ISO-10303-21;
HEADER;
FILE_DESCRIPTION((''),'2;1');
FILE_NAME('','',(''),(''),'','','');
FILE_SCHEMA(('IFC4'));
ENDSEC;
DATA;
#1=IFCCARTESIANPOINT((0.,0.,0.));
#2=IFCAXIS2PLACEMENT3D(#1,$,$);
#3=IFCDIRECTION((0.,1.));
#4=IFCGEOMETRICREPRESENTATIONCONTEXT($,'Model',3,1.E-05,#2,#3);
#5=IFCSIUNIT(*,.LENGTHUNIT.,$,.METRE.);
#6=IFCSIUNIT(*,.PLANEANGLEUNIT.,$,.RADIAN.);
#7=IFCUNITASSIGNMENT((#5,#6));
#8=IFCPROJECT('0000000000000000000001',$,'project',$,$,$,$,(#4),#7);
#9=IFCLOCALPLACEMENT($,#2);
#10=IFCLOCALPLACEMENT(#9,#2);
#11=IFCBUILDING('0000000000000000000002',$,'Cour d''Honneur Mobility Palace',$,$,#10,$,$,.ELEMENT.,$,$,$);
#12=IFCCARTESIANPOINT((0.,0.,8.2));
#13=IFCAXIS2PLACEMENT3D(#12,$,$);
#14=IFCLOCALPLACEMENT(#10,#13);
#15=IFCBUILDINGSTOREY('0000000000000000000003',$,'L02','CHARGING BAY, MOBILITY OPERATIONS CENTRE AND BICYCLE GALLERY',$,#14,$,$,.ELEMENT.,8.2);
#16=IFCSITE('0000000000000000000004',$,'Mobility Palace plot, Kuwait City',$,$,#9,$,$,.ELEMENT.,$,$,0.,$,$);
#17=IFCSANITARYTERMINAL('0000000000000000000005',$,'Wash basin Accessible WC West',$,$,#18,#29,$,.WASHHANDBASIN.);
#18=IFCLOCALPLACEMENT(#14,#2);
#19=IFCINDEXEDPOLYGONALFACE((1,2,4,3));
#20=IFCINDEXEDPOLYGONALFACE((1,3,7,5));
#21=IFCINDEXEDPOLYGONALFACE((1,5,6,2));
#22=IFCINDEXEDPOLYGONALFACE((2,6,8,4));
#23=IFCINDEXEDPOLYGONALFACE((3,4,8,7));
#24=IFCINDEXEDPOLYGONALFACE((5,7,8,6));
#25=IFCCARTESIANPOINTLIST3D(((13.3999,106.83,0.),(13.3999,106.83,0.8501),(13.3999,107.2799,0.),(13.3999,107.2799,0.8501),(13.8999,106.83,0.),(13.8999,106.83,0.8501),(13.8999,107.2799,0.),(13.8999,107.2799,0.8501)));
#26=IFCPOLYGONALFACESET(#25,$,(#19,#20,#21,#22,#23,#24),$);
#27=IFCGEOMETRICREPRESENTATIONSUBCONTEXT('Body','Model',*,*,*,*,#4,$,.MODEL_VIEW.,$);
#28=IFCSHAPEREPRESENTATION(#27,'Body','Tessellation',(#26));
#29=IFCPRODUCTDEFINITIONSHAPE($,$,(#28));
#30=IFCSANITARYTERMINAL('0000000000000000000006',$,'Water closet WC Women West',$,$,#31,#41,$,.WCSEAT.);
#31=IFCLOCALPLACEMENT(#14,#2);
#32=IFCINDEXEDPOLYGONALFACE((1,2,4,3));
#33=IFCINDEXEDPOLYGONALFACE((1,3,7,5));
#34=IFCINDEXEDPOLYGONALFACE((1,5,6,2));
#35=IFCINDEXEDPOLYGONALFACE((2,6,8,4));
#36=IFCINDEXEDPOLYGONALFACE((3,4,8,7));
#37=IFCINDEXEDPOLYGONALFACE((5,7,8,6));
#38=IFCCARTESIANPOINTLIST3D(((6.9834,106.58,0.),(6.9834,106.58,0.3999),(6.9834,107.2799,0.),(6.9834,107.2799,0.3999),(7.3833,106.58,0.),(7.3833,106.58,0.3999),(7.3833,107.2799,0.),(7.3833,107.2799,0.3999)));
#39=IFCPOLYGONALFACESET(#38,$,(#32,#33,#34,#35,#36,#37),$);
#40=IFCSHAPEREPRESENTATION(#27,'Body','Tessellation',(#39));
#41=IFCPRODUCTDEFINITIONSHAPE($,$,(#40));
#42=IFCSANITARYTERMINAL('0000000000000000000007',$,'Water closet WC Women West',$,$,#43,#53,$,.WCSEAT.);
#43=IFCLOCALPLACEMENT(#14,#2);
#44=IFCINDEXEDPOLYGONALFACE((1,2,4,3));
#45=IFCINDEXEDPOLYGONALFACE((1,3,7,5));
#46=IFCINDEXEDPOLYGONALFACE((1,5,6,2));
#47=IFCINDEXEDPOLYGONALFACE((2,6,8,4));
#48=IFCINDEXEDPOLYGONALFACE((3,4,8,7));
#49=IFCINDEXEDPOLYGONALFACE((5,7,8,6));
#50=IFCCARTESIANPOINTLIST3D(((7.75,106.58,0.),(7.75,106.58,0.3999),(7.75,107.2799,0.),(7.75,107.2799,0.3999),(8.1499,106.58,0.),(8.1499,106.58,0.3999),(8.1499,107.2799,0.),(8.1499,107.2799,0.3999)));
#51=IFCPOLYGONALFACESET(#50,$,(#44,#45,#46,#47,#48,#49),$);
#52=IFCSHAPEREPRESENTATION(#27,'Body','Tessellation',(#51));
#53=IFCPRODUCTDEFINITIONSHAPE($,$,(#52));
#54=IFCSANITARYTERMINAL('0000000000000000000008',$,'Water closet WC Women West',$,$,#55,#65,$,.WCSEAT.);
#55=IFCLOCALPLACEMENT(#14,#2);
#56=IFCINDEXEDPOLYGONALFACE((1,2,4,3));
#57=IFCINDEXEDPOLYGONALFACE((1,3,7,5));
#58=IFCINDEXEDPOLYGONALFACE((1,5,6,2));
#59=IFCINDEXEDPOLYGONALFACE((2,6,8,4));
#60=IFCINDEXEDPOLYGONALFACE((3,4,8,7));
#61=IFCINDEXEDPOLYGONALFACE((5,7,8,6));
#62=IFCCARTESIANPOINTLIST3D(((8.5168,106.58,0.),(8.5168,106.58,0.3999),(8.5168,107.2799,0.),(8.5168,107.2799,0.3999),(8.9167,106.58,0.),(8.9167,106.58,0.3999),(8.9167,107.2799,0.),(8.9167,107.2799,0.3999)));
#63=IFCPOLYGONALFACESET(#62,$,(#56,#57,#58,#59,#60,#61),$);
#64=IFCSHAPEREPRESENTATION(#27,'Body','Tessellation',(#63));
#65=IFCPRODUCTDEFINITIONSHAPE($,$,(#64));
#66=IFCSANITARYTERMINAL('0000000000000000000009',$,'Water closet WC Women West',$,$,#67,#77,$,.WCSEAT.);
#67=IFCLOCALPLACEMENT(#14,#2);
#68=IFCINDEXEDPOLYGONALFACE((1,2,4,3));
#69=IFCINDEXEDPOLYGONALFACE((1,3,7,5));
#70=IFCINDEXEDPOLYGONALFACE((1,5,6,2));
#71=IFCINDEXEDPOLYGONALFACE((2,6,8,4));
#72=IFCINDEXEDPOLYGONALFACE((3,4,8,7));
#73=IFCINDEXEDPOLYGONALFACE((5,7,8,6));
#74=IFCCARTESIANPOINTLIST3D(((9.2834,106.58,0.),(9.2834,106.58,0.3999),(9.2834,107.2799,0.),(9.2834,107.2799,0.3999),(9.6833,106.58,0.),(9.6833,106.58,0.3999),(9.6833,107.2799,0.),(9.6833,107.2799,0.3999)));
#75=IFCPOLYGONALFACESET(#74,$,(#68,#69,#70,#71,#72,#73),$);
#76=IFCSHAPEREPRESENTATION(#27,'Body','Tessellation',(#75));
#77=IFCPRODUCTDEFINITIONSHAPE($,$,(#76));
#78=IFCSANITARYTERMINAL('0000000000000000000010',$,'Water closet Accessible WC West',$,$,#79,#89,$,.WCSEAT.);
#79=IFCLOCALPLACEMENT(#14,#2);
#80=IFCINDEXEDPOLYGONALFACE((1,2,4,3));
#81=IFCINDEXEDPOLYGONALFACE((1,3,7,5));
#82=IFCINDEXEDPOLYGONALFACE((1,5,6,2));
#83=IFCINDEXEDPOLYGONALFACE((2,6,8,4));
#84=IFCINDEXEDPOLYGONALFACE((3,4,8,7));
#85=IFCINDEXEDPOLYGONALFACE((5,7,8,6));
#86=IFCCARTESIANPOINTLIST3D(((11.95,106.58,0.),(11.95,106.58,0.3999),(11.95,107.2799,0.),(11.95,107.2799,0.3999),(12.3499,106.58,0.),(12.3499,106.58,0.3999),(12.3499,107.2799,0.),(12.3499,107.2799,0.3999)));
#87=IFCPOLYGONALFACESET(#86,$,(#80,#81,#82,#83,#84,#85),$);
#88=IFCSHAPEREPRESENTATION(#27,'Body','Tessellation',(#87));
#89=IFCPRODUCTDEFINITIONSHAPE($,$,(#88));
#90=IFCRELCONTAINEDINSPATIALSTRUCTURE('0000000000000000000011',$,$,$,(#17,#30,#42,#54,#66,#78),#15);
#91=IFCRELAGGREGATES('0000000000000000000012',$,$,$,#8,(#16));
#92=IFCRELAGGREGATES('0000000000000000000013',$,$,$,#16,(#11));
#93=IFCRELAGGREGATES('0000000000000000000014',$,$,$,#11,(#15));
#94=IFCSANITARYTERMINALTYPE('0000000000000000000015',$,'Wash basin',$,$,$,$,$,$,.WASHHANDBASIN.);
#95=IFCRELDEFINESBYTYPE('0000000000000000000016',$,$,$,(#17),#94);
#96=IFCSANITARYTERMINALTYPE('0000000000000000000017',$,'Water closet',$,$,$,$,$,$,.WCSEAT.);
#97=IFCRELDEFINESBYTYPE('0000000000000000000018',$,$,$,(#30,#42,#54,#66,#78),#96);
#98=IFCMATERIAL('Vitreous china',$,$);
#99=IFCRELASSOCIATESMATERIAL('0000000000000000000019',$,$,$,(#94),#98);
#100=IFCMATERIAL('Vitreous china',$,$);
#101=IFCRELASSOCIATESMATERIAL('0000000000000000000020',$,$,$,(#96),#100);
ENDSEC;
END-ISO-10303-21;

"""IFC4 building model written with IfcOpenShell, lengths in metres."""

from ifc_helpers import new_model, si_unit, direction, frame, origin, origin_2d, place, context, subcontext, project, spatial, rectangle, extrude, material, type_object, element, save


model = new_model("IFC4")

# Units and contexts
model_context = context("Model", 3, precision=1e-05, world=origin(), true_north=direction((0.0, 1.0)))
body_context = subcontext(model_context, "Body", "Model", "MODEL_VIEW")
ifc_project = project(units=[si_unit("LENGTHUNIT", "METRE"), si_unit("PLANEANGLEUNIT", "RADIAN")], contexts=[model_context])

# Site, building, storey
site_placement = place(None, origin())
site = spatial("IfcSite", under=ifc_project, at=site_placement, Name="Mobility Palace plot, Kuwait City", CompositionType="ELEMENT", RefElevation=0.0)
building_placement = place(site_placement, origin())
building = spatial("IfcBuilding", under=site, at=building_placement, Name="Cour d'Honneur Mobility Palace", CompositionType="ELEMENT")
storey_placement = place(building_placement, frame((0.0, 0.0, 8.2)))
storey = spatial("IfcBuildingStorey", under=building, at=storey_placement, Name="L02", Description="CHARGING BAY, MOBILITY OPERATIONS CENTRE AND BICYCLE GALLERY", CompositionType="ELEMENT", Elevation=8.2)

# Sanitary terminals
ifc_material_1 = material(Name="Vitreous china")
sanitary_terminal_type_1 = type_object("IfcSanitaryTerminalType", Name="Wash basin", PredefinedType="WASHHANDBASIN", material=ifc_material_1)
for number, where, z_axis, x_axis, name in (
    (1, (13.6499, 107.0549, 0.0), (0.0, 0.0, 1.0), (1.0, 0.0, 0.0), "Wash basin Accessible WC West"),
):
    element("IfcSanitaryTerminal", number, at=place(storey_placement, frame(where, z_axis=z_axis, x_axis=x_axis)), inside=storey, type_object=sanitary_terminal_type_1, Name=name, PredefinedType="WASHHANDBASIN", context=body_context, shape_type="SweptSolid", body=[
        extrude(rectangle(XDim=0.5, YDim=0.45, at=origin_2d()), origin(), (0.0, 0.0, 1.0), 0.8501),
    ])
ifc_material_2 = material(Name="Vitreous china")
sanitary_terminal_type_2 = type_object("IfcSanitaryTerminalType", Name="Water closet", PredefinedType="WCSEAT", material=ifc_material_2)
for number, where, z_axis, x_axis, name in (
    (2, (7.1833, 106.9299, 0.0), (0.0, 0.0, 1.0), (1.0, 0.0, 0.0), "Water closet WC Women West"),
    (3, (7.95, 106.9299, 0.0), (0.0, 0.0, 1.0), (1.0, 0.0, 0.0), "Water closet WC Women West"),
    (4, (8.7168, 106.9299, 0.0), (0.0, 0.0, 1.0), (1.0, 0.0, 0.0), "Water closet WC Women West"),
    (5, (9.4834, 106.9299, 0.0), (0.0, 0.0, 1.0), (1.0, 0.0, 0.0), "Water closet WC Women West"),
    (6, (12.1499, 106.9299, 0.0), (0.0, 0.0, 1.0), (1.0, 0.0, 0.0), "Water closet Accessible WC West"),
):
    element("IfcSanitaryTerminal", number, at=place(storey_placement, frame(where, z_axis=z_axis, x_axis=x_axis)), inside=storey, type_object=sanitary_terminal_type_2, Name=name, PredefinedType="WCSEAT", context=body_context, shape_type="SweptSolid", body=[
        extrude(rectangle(XDim=0.3999, YDim=0.7, at=origin_2d()), origin(), (0.0, 0.0, 1.0), 0.3999),
    ])

save(model, "model.ifc")
